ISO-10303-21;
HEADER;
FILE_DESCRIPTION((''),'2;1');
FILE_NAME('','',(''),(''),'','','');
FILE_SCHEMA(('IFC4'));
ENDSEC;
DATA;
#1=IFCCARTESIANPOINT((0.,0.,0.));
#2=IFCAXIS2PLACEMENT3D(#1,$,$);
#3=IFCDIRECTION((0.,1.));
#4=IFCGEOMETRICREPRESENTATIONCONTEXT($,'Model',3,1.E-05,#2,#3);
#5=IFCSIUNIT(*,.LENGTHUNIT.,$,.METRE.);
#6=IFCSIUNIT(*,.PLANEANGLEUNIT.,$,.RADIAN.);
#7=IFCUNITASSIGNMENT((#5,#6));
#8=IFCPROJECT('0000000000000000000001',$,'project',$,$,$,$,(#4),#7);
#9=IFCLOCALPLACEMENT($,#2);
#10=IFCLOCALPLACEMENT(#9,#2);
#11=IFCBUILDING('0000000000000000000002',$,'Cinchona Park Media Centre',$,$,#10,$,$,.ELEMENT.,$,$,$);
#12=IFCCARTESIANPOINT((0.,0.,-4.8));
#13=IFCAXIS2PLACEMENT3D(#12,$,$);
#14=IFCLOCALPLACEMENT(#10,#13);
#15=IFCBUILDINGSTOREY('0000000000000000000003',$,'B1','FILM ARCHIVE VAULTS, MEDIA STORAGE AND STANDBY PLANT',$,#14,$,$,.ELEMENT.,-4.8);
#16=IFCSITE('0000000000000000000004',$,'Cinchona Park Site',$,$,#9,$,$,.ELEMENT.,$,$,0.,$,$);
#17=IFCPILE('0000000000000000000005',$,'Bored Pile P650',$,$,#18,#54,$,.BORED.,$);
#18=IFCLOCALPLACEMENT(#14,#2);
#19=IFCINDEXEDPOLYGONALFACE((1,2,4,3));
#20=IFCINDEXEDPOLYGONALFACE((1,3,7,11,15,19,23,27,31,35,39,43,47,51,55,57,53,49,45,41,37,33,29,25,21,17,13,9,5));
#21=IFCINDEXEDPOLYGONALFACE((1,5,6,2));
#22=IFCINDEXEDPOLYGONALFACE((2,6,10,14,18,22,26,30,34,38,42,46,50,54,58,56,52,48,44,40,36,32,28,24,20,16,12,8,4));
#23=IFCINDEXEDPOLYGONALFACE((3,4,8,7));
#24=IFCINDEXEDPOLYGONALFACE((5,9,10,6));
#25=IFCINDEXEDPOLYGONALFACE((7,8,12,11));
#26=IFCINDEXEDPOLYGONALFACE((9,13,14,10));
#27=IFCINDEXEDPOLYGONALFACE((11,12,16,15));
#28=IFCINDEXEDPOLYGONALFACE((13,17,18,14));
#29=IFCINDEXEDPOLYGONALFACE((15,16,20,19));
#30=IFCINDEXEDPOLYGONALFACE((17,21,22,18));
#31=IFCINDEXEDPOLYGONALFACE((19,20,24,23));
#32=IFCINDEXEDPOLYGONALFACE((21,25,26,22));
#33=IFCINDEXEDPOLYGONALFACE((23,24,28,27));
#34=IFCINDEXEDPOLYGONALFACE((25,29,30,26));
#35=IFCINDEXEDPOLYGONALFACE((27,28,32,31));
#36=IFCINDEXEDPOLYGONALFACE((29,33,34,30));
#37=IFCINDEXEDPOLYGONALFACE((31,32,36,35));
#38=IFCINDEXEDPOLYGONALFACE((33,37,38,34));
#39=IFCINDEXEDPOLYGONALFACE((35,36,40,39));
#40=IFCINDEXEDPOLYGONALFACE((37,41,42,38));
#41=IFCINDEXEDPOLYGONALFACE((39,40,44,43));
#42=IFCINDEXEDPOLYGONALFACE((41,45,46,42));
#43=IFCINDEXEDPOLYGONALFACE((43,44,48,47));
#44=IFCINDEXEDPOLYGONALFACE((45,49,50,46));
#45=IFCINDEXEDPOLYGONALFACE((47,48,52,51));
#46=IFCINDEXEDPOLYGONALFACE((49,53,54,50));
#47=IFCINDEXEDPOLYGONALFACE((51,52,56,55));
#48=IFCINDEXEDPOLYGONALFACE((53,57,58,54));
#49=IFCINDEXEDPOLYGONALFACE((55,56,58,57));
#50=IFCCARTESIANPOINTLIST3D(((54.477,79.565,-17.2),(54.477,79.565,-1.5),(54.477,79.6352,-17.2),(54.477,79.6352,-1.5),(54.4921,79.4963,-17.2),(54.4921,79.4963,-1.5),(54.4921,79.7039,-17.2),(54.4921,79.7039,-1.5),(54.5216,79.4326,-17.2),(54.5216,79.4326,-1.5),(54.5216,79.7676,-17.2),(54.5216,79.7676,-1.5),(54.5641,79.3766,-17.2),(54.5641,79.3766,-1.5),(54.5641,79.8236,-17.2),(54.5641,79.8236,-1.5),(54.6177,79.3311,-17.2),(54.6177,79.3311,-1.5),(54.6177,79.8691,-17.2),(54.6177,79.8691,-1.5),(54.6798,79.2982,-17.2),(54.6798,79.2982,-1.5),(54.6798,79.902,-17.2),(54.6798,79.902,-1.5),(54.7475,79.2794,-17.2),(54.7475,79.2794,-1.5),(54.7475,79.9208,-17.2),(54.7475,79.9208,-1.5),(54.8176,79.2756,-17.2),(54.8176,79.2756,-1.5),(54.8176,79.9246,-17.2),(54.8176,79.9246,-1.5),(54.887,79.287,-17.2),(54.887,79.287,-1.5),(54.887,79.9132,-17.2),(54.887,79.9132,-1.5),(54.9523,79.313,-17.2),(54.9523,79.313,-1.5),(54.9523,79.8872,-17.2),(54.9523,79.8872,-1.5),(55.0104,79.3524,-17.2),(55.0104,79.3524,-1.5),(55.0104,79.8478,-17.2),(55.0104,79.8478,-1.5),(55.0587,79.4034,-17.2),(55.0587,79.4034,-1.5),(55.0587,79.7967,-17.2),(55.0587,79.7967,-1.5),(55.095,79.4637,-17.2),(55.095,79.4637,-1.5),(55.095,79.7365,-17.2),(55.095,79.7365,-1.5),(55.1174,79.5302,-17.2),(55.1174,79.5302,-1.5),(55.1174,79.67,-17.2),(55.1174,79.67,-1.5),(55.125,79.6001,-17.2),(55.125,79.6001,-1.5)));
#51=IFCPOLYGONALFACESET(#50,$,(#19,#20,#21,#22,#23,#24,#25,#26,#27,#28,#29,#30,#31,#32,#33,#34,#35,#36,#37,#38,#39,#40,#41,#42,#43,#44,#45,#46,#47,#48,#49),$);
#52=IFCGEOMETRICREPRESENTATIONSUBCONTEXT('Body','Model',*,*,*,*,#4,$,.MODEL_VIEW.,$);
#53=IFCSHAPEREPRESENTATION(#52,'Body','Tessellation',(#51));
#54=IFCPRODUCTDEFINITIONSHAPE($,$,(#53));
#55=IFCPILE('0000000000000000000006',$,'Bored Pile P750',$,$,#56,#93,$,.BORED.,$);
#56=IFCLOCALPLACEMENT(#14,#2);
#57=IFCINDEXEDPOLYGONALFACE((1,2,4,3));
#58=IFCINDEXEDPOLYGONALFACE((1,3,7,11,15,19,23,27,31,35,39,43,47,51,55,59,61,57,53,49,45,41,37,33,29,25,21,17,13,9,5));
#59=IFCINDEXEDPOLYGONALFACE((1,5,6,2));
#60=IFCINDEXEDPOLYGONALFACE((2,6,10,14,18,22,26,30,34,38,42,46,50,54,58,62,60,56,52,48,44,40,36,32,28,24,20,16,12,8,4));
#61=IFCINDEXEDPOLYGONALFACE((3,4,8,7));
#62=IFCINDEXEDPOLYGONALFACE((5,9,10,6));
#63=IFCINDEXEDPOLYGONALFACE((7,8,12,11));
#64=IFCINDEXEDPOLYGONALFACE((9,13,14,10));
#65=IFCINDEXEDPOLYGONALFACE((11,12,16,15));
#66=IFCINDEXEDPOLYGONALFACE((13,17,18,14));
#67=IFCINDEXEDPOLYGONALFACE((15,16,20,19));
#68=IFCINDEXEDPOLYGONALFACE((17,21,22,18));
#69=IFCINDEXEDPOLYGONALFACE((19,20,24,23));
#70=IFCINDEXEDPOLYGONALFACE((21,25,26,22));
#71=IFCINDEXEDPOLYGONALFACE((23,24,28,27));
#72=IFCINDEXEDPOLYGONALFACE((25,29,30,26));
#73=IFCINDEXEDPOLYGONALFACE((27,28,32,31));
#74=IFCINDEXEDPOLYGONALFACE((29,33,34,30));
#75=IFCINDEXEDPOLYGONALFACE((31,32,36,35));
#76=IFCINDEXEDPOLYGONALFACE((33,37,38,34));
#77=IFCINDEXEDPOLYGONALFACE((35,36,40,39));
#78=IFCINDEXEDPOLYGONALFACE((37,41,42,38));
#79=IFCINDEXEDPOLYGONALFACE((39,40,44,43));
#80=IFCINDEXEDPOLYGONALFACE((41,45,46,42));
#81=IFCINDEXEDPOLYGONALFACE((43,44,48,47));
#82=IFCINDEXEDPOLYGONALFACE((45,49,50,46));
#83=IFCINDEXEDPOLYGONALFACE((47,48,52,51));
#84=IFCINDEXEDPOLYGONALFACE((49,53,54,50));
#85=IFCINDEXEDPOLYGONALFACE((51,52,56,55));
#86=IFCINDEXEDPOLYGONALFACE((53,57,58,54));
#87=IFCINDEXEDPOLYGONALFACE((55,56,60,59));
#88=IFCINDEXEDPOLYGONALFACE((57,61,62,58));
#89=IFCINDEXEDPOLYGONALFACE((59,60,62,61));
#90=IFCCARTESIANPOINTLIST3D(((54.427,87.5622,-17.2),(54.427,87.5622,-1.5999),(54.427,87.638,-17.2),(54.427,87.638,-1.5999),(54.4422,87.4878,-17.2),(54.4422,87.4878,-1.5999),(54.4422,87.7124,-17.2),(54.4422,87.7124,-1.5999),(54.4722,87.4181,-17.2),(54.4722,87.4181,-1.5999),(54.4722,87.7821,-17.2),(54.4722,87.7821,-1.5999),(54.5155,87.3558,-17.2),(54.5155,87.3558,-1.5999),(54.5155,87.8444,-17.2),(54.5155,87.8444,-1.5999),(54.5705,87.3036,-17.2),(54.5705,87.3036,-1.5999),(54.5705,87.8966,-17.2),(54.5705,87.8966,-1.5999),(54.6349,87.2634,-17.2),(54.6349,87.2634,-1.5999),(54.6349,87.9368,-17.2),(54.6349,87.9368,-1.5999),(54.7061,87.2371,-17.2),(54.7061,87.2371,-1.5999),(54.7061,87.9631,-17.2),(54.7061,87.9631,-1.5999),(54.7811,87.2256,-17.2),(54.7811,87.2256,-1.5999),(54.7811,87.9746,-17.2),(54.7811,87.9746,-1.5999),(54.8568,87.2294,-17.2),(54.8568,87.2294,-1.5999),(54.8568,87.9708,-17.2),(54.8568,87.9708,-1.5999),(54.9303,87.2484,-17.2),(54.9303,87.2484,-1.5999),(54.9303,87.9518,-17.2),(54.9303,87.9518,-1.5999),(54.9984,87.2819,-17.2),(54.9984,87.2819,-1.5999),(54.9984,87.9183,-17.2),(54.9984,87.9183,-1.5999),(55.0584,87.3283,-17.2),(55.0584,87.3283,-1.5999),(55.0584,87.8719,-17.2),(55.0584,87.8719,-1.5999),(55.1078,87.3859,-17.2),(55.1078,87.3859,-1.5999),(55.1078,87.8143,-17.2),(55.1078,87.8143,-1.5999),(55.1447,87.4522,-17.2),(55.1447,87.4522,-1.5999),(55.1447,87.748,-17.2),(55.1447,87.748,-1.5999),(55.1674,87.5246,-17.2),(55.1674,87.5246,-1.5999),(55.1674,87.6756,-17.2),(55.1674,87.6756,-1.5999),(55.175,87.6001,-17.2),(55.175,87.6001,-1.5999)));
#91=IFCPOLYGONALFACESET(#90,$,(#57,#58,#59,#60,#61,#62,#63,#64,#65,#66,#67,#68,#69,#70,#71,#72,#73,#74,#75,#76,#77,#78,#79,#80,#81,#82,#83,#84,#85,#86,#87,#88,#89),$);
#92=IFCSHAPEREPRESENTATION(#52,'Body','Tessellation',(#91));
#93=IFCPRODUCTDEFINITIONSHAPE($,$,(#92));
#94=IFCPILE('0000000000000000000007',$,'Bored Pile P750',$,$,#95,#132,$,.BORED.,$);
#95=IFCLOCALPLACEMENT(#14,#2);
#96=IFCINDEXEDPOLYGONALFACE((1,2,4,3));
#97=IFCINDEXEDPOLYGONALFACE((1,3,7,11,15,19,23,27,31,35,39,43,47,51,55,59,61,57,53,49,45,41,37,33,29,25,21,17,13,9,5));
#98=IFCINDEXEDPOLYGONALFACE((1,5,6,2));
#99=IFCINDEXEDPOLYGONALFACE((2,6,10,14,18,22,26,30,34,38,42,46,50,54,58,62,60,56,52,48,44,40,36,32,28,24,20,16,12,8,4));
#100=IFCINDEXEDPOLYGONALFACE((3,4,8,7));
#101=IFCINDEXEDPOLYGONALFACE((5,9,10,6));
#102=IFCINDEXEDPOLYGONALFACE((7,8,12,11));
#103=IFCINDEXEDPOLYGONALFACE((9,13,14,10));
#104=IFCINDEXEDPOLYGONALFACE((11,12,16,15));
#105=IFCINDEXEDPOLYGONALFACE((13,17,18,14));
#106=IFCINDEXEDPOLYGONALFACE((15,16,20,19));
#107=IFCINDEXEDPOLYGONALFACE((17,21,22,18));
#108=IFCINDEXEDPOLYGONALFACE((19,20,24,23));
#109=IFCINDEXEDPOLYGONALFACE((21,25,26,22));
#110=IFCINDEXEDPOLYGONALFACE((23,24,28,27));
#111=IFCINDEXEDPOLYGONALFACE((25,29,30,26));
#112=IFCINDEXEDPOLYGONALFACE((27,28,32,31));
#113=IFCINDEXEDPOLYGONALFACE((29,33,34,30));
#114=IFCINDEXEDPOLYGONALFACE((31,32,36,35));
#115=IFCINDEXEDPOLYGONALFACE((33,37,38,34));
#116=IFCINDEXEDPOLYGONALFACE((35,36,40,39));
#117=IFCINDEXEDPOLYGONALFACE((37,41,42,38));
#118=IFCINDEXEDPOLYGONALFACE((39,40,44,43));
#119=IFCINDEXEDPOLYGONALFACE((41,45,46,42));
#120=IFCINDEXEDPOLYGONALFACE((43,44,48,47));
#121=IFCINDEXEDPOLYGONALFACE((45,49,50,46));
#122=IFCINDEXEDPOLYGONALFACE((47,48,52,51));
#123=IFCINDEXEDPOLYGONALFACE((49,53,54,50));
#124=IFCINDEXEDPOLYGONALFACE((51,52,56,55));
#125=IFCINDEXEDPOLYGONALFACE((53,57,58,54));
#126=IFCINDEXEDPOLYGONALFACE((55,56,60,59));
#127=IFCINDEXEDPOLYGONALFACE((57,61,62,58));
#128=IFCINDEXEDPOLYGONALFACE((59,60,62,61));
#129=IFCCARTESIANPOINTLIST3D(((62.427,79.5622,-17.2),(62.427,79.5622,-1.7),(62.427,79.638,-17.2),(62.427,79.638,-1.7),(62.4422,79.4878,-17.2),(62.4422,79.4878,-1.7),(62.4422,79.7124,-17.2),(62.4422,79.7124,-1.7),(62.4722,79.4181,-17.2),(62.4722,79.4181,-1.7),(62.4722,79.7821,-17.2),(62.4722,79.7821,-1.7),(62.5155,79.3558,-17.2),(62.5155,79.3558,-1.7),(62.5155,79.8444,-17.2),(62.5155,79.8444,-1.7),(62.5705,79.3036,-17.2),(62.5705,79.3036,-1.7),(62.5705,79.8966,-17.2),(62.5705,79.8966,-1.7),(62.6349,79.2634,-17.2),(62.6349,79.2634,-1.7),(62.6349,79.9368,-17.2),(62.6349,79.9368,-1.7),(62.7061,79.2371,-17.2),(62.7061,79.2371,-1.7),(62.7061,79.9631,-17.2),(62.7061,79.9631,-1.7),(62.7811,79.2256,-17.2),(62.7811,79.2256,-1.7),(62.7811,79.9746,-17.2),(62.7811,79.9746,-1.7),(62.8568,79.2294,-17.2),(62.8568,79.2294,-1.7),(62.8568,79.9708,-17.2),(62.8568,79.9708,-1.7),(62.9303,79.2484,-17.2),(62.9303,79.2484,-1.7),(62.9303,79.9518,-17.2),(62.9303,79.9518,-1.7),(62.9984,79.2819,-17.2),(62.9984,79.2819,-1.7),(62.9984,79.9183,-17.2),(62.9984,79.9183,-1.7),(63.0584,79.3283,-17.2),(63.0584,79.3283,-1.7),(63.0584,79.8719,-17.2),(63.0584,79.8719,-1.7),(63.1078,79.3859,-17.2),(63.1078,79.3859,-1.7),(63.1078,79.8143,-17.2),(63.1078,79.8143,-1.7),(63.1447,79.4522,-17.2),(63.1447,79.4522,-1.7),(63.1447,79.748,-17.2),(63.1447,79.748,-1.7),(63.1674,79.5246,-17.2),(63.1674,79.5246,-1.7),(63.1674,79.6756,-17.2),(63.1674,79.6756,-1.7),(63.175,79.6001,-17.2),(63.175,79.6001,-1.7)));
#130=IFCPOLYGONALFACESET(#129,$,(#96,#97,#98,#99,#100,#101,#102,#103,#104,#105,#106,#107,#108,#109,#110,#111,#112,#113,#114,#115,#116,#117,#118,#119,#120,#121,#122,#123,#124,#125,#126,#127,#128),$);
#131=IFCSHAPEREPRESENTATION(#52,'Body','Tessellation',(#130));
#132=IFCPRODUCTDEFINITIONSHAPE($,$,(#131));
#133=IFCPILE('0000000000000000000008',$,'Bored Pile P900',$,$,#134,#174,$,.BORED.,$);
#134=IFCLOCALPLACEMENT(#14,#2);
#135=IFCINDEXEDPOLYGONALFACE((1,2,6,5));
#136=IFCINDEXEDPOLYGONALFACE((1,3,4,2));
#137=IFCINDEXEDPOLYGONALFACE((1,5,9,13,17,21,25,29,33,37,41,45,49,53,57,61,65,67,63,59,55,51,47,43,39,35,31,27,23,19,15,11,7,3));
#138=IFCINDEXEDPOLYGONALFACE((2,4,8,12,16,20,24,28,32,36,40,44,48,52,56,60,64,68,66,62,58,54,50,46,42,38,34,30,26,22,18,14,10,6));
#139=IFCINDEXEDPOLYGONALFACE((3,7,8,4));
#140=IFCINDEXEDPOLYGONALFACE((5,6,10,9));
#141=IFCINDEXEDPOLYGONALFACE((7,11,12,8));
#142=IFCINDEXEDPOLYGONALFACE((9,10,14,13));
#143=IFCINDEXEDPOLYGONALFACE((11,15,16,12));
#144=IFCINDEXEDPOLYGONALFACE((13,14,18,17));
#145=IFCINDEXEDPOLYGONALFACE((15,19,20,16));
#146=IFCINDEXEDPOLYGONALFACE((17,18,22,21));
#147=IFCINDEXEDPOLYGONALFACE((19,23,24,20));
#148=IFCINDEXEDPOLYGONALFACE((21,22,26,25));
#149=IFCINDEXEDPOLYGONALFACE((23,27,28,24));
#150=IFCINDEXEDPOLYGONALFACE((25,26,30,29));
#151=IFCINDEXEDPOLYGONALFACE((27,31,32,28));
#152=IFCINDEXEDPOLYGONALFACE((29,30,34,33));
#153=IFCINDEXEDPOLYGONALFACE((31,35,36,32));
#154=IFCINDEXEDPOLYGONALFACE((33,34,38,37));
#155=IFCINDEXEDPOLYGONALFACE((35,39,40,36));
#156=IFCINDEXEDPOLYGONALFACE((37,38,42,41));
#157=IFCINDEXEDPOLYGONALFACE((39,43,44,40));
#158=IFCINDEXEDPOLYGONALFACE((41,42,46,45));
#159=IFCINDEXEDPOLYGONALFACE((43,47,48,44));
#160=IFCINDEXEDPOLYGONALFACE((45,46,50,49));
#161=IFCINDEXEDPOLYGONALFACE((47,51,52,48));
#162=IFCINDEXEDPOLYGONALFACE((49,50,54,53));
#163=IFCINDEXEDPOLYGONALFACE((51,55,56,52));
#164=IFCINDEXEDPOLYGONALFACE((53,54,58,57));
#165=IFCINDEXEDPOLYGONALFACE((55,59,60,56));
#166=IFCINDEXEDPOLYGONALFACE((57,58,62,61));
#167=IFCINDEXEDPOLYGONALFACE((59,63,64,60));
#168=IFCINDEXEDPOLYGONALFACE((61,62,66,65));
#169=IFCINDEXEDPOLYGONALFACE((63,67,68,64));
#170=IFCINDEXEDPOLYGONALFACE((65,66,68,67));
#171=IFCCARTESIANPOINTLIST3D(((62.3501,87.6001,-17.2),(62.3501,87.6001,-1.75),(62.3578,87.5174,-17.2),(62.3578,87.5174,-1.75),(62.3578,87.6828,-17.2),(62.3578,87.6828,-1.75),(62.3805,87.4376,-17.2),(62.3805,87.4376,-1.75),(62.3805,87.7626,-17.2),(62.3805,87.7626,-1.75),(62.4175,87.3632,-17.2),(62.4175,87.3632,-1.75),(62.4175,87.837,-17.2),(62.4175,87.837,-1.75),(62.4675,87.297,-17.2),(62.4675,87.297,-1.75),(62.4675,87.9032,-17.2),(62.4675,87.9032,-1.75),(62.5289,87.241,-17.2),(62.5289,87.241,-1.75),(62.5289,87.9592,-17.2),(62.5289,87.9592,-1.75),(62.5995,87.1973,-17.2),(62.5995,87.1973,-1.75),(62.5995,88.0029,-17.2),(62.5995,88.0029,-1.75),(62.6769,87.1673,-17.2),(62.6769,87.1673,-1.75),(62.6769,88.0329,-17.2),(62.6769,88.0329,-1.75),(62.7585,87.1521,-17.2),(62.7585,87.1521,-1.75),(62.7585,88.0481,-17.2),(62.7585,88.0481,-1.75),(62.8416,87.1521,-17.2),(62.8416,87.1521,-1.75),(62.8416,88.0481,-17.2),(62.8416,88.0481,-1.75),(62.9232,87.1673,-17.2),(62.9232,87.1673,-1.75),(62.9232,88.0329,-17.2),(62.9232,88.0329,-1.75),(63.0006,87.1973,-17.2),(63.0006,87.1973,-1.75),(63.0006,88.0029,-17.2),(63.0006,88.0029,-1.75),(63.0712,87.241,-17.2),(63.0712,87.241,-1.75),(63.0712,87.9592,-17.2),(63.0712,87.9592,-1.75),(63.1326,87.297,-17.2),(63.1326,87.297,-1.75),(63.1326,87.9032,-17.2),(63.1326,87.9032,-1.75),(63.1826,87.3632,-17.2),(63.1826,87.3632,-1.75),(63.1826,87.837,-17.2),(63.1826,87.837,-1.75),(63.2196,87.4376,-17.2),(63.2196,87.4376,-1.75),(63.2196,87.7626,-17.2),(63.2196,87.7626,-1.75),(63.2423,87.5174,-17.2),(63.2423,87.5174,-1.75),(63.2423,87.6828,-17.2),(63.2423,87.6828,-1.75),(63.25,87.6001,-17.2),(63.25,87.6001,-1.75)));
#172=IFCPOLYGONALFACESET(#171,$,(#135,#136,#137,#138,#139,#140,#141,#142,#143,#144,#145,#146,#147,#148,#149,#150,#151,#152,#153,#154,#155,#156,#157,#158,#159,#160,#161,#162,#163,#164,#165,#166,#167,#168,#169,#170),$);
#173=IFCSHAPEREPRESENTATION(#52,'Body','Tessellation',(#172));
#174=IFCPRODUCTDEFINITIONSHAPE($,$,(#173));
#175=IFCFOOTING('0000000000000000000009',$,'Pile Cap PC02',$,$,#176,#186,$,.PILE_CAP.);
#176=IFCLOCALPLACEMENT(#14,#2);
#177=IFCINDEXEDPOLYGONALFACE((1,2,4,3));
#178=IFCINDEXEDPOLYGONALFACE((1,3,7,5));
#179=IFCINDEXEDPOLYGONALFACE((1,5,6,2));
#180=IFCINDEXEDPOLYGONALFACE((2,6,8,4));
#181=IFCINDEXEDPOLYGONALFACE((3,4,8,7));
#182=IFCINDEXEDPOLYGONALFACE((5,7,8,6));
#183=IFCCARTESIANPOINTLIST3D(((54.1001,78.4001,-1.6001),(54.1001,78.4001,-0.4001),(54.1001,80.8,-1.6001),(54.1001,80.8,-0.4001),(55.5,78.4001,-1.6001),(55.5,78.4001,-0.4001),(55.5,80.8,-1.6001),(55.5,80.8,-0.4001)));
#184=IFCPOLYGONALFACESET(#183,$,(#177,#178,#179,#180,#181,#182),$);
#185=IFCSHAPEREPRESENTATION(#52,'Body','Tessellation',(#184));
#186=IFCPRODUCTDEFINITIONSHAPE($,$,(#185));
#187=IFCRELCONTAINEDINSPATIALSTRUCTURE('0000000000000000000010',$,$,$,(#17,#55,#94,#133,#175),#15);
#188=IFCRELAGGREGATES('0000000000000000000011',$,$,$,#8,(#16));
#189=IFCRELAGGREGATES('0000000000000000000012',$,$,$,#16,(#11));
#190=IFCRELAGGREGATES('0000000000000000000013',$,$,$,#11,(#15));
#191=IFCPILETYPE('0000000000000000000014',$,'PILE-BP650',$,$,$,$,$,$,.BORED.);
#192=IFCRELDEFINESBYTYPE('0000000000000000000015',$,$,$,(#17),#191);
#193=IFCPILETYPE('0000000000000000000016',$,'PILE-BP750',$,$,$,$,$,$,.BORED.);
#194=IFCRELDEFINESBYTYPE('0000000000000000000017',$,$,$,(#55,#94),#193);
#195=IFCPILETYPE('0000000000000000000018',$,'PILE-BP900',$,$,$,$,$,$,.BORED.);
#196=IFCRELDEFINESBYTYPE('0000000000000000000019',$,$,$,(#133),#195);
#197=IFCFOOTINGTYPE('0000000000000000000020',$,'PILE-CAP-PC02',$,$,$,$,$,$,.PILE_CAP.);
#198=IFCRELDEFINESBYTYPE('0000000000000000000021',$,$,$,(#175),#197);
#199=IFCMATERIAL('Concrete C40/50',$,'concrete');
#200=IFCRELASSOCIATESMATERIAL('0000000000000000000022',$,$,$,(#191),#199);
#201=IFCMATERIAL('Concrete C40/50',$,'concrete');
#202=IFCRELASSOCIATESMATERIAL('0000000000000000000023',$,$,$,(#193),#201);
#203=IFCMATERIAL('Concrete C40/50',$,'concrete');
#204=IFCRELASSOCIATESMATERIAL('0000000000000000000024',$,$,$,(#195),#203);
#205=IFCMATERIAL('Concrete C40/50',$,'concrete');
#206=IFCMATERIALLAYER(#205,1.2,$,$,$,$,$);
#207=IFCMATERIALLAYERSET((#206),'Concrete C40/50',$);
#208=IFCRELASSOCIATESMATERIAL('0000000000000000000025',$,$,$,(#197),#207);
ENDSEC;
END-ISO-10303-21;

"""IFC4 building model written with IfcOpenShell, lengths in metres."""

from ifc_helpers import new_model, si_unit, direction, frame, origin, origin_2d, place, context, subcontext, project, spatial, rectangle, circle, extrude, material, layer, layer_set, material_profile, profile_set, type_object, element, save


model = new_model("IFC4")

# Units and contexts
model_context = context("Model", 3, precision=1e-05, world=origin(), true_north=direction((0.0, 1.0)))
body_context = subcontext(model_context, "Body", "Model", "MODEL_VIEW")
ifc_project = project(units=[si_unit("LENGTHUNIT", "METRE"), si_unit("PLANEANGLEUNIT", "RADIAN")], contexts=[model_context])

# Site, building, storey
site_placement = place(None, origin())
site = spatial("IfcSite", under=ifc_project, at=site_placement, Name="Cinchona Park Site", CompositionType="ELEMENT", RefElevation=0.0)
building_placement = place(site_placement, origin())
building = spatial("IfcBuilding", under=site, at=building_placement, Name="Cinchona Park Media Centre", CompositionType="ELEMENT")
storey_placement = place(building_placement, frame((0.0, 0.0, -4.8)))
storey = spatial("IfcBuildingStorey", under=building, at=storey_placement, Name="B1", Description="FILM ARCHIVE VAULTS, MEDIA STORAGE AND STANDBY PLANT", CompositionType="ELEMENT", Elevation=-4.8)

# Piles
ifc_material_1 = material(Name="Concrete C40/50", Category="concrete")
ifc_material_profile_1 = material_profile(ifc_material_1, circle(Radius=0.325, at=origin_2d()), Name="BORED PILE 650")
ifc_profile_set_1 = profile_set([ifc_material_profile_1], Name="Concrete C40/50")
pile_type_1 = type_object("IfcPileType", Name="PILE-BP650", PredefinedType="BORED", material=ifc_profile_set_1)
pile_1_placement = place(storey_placement, frame((54.8, 79.6001, -1.5), z_axis=(0.0, 0.0, -1.0), x_axis=(1.0, 0.0, 0.0)))
element("IfcPile", 1, at=pile_1_placement, inside=storey, type_object=pile_type_1, Name="Bored Pile P650", PredefinedType="BORED", context=body_context, shape_type="SweptSolid", body=[
    extrude(circle(Radius=0.325, at=origin_2d()), origin(), (0.0, 0.0, 1.0), 15.7),
])
ifc_material_2 = material(Name="Concrete C40/50", Category="concrete")
ifc_material_profile_2 = material_profile(ifc_material_2, circle(Radius=0.375, at=origin_2d()), Name="BORED PILE 750")
ifc_profile_set_2 = profile_set([ifc_material_profile_2], Name="Concrete C40/50")
pile_type_2 = type_object("IfcPileType", Name="PILE-BP750", PredefinedType="BORED", material=ifc_profile_set_2)
pile_2_placement = place(storey_placement, frame((54.8, 87.6001, -1.5999), z_axis=(0.0, 0.0, -1.0), x_axis=(1.0, 0.0, 0.0)))
element("IfcPile", 2, at=pile_2_placement, inside=storey, type_object=pile_type_2, Name="Bored Pile P750", PredefinedType="BORED", context=body_context, shape_type="SweptSolid", body=[
    extrude(circle(Radius=0.375, at=origin_2d()), origin(), (0.0, 0.0, 1.0), 15.6001),
])
pile_3_placement = place(storey_placement, frame((62.8, 79.6001, -1.7), z_axis=(0.0, 0.0, -1.0), x_axis=(1.0, 0.0, 0.0)))
element("IfcPile", 3, at=pile_3_placement, inside=storey, type_object=pile_type_2, Name="Bored Pile P750", PredefinedType="BORED", context=body_context, shape_type="SweptSolid", body=[
    extrude(circle(Radius=0.375, at=origin_2d()), origin(), (0.0, 0.0, 1.0), 15.5),
])
ifc_material_3 = material(Name="Concrete C40/50", Category="concrete")
ifc_material_profile_3 = material_profile(ifc_material_3, circle(Radius=0.45, at=origin_2d()), Name="BORED PILE 900")
ifc_profile_set_3 = profile_set([ifc_material_profile_3], Name="Concrete C40/50")
pile_type_3 = type_object("IfcPileType", Name="PILE-BP900", PredefinedType="BORED", material=ifc_profile_set_3)
pile_4_placement = place(storey_placement, frame((62.8, 87.6001, -1.75), z_axis=(0.0, 0.0, -1.0), x_axis=(1.0, 0.0, 0.0)))
element("IfcPile", 4, at=pile_4_placement, inside=storey, type_object=pile_type_3, Name="Bored Pile P900", PredefinedType="BORED", context=body_context, shape_type="SweptSolid", body=[
    extrude(circle(Radius=0.45, at=origin_2d()), origin(), (0.0, 0.0, 1.0), 15.45),
])

# Footing
ifc_material_4 = material(Name="Concrete C40/50", Category="concrete")
ifc_layer_1 = layer(ifc_material_4, 1.2)
ifc_layer_set_1 = layer_set([ifc_layer_1], Name="Concrete C40/50")
footing_type_1 = type_object("IfcFootingType", Name="PILE-CAP-PC02", PredefinedType="PILE_CAP", material=ifc_layer_set_1)
footing_1_placement = place(storey_placement, frame((54.8, 79.6001, -1.6001), z_axis=(0.0, 0.0, 1.0), x_axis=(1.0, 0.0, 0.0)))
element("IfcFooting", 5, at=footing_1_placement, inside=storey, type_object=footing_type_1, Name="Pile Cap PC02", PredefinedType="PILE_CAP", context=body_context, shape_type="SweptSolid", body=[
    extrude(rectangle(XDim=1.3999, YDim=2.3999, at=origin_2d()), origin(), (0.0, 0.0, 1.0), 1.2),
])

save(model, "model.ifc")
